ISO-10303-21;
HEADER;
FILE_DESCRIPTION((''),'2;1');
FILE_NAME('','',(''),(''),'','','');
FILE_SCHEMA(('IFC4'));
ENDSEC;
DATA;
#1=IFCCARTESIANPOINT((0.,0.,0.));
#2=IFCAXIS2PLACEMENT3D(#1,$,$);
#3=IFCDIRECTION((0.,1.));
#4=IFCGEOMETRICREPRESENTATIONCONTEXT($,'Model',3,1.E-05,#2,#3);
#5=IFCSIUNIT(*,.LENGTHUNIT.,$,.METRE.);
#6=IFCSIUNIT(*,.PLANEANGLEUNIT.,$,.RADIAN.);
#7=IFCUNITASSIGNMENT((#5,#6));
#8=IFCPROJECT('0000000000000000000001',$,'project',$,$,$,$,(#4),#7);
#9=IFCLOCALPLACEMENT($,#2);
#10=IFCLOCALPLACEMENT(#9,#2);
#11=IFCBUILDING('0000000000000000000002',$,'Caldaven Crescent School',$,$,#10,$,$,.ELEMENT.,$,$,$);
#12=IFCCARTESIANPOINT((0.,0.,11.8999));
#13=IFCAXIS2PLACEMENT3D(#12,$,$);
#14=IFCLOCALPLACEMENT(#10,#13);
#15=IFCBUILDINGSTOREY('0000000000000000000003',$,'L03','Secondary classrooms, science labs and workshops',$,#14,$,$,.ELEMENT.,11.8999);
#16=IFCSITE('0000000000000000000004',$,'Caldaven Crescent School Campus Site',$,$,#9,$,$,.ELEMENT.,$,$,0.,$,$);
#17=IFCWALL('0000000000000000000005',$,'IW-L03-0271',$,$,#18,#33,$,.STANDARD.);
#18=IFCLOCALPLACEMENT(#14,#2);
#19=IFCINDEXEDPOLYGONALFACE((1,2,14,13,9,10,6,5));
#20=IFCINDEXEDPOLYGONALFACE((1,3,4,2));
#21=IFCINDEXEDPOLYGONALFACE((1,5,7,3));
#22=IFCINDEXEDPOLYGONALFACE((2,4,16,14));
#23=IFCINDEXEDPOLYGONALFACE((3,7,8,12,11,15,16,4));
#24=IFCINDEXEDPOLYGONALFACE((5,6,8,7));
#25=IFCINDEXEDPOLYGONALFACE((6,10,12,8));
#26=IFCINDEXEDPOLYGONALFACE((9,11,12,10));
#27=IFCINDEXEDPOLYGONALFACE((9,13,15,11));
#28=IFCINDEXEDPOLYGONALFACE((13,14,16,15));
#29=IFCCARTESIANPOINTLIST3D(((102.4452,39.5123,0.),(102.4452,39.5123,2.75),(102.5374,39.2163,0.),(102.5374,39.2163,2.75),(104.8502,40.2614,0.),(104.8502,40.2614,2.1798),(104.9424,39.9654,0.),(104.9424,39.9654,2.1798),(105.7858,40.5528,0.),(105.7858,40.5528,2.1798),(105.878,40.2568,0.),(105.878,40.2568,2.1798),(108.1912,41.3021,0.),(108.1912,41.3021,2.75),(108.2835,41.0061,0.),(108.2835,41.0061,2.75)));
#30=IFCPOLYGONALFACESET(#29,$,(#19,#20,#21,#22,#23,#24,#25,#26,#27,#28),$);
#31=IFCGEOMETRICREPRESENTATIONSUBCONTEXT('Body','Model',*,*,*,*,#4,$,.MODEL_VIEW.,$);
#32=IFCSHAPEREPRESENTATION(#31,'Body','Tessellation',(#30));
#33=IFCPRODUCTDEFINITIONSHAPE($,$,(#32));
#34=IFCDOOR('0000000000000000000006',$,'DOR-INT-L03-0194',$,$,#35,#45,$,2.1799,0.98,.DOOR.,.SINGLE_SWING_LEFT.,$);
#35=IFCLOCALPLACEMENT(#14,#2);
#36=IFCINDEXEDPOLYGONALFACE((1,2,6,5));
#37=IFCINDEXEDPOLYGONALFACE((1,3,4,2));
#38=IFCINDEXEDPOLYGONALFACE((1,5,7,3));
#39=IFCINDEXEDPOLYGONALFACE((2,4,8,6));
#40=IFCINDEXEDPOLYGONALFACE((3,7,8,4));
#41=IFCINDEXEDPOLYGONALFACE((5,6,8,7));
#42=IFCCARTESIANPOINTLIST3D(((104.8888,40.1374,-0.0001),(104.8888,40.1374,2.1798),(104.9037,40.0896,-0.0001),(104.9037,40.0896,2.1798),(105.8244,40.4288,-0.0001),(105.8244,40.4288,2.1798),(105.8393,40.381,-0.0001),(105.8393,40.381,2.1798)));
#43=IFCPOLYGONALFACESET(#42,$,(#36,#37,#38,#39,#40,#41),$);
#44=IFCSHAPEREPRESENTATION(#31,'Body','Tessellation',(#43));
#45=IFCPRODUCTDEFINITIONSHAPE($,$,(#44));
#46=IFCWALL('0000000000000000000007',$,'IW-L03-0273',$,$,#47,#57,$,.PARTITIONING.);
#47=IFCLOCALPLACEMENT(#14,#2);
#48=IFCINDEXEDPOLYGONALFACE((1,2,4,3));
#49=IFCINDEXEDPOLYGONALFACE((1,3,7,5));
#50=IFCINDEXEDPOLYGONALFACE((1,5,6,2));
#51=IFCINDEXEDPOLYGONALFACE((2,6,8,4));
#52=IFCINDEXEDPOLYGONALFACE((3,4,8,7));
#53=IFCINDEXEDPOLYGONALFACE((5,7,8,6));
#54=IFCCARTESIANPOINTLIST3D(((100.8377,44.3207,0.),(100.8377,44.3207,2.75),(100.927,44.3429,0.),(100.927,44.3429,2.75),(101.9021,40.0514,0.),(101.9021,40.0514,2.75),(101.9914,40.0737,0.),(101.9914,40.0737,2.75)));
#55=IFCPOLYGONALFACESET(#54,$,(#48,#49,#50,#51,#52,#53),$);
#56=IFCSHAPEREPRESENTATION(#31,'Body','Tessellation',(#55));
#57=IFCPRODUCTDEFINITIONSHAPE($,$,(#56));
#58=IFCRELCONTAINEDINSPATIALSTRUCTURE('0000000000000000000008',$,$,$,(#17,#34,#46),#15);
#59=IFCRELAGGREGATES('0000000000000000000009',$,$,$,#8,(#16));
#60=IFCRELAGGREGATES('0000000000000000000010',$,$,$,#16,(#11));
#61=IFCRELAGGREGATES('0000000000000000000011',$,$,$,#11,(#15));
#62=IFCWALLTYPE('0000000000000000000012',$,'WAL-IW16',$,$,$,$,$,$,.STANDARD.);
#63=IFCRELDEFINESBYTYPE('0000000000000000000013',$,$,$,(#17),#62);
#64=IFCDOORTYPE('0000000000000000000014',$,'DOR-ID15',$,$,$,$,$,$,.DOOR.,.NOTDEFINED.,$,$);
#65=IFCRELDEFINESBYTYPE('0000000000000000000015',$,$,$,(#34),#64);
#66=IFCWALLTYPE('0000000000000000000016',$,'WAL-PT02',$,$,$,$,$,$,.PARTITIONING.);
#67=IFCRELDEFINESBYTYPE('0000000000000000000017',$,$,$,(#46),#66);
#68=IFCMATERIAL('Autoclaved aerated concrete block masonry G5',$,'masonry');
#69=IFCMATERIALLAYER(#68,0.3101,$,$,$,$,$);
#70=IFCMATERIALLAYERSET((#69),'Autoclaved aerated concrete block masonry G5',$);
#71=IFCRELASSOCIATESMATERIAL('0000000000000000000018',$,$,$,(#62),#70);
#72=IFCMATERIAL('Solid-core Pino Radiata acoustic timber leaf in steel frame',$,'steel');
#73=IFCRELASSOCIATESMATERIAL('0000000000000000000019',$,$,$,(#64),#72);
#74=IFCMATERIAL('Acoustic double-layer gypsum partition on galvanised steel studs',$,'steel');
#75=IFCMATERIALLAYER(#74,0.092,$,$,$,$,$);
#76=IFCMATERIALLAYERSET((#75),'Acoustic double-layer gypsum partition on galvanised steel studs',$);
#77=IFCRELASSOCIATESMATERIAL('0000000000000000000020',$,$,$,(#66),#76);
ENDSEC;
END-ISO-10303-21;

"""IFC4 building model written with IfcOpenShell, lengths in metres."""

from ifc_helpers import new_model, si_unit, direction, frame, frame_2d, origin, place, context, subcontext, project, spatial, rectangle, extrude, material, layer, layer_set, type_object, element, fill, save


model = new_model("IFC4")

# Units and contexts
model_context = context("Model", 3, precision=1e-05, world=origin(), true_north=direction((0.0, 1.0)))
body_context = subcontext(model_context, "Body", "Model", "MODEL_VIEW")
ifc_project = project(units=[si_unit("LENGTHUNIT", "METRE"), si_unit("PLANEANGLEUNIT", "RADIAN")], contexts=[model_context])

# Site, building, storey
site_placement = place(None, origin())
site = spatial("IfcSite", under=ifc_project, at=site_placement, Name="Caldaven Crescent School Campus Site", CompositionType="ELEMENT", RefElevation=0.0)
building_placement = place(site_placement, origin())
building = spatial("IfcBuilding", under=site, at=building_placement, Name="Caldaven Crescent School", CompositionType="ELEMENT")
storey_placement = place(building_placement, frame((0.0, 0.0, 11.8999)))
storey = spatial("IfcBuildingStorey", under=building, at=storey_placement, Name="L03", Description="Secondary classrooms, science labs and workshops", CompositionType="ELEMENT", Elevation=11.8999)

# Wall, opening, door
ifc_material_1 = material(Name="Autoclaved aerated concrete block masonry G5", Category="masonry")
ifc_layer_1 = layer(ifc_material_1, 0.3101)
ifc_layer_set_1 = layer_set([ifc_layer_1], Name="Autoclaved aerated concrete block masonry G5")
wall_type_1 = type_object("IfcWallType", Name="WAL-IW16", PredefinedType="STANDARD", material=ifc_layer_set_1)
wall_1_placement = place(storey_placement, frame((102.4912, 39.3643, 0.0), z_axis=(0.0, 0.0, 1.0), x_axis=(0.954757, 0.297388, 0.0)))
wall_1 = element("IfcWall", 1, at=wall_1_placement, inside=storey, type_object=wall_type_1, Name="IW-L03-0271", PredefinedType="STANDARD", context=body_context, shape_type="SweptSolid", body=[
    extrude(rectangle(XDim=6.0183, YDim=0.3101, at=frame_2d((3.0093, 0.0))), origin(), (0.0, 0.0, 1.0), 2.75),
])
opening_placement = place(wall_1_placement, frame((2.519, 0.0, 0.0)))
opening = element("IfcOpeningElement", 2, at=opening_placement, cuts=wall_1, PredefinedType="OPENING", context=body_context, shape_type="SweptSolid", body=[
    extrude(rectangle(XDim=0.98, YDim=2.1799, at=frame_2d((0.49, 1.0898))), frame((0.0, 0.165, 0.0), z_axis=(0.0, -1.0, 0.0), x_axis=(1.0, 0.0, 0.0)), (0.0, 0.0, 1.0), 0.3301),
])
ifc_material_2 = material(Name="Solid-core Pino Radiata acoustic timber leaf in steel frame", Category="steel")
door_type = type_object("IfcDoorType", Name="DOR-ID15", OperationType="NOTDEFINED", PredefinedType="DOOR", material=ifc_material_2)
door_placement = place(opening_placement, frame((0.98, 0.0, 0.0), z_axis=(0.0, 0.0, 1.0), x_axis=(-1.0, 0.0, 0.0)))
door = element("IfcDoor", 3, at=door_placement, inside=storey, type_object=door_type, Name="DOR-INT-L03-0194", OperationType="SINGLE_SWING_LEFT", OverallHeight=2.1799, OverallWidth=0.98, PredefinedType="DOOR", context=body_context, shape_type="SweptSolid", body=[
    extrude(rectangle(XDim=0.98, YDim=2.1799, at=frame_2d((0.49, 1.0898))), frame((0.0, 0.0249, 0.0), z_axis=(0.0, -1.0, 0.0), x_axis=(1.0, 0.0, 0.0)), (0.0, 0.0, 1.0), 0.05),
])
fill(opening, door)

# Wall
ifc_material_3 = material(Name="Acoustic double-layer gypsum partition on galvanised steel studs", Category="steel")
ifc_layer_2 = layer(ifc_material_3, 0.092)
ifc_layer_set_2 = layer_set([ifc_layer_2], Name="Acoustic double-layer gypsum partition on galvanised steel studs")
wall_type_2 = type_object("IfcWallType", Name="WAL-PT02", PredefinedType="PARTITIONING", material=ifc_layer_set_2)
wall_2_placement = place(storey_placement, frame((100.8823, 44.3318, 0.0), z_axis=(0.0, 0.0, 1.0), x_axis=(0.241922, -0.970296, 0.0)))
element("IfcWall", 4, at=wall_2_placement, inside=storey, type_object=wall_type_2, Name="IW-L03-0273", PredefinedType="PARTITIONING", context=body_context, shape_type="SweptSolid", body=[
    extrude(rectangle(XDim=4.3999, YDim=0.092, at=frame_2d((2.2, 0.0))), origin(), (0.0, 0.0, 1.0), 2.75),
])

save(model, "model.ifc")
